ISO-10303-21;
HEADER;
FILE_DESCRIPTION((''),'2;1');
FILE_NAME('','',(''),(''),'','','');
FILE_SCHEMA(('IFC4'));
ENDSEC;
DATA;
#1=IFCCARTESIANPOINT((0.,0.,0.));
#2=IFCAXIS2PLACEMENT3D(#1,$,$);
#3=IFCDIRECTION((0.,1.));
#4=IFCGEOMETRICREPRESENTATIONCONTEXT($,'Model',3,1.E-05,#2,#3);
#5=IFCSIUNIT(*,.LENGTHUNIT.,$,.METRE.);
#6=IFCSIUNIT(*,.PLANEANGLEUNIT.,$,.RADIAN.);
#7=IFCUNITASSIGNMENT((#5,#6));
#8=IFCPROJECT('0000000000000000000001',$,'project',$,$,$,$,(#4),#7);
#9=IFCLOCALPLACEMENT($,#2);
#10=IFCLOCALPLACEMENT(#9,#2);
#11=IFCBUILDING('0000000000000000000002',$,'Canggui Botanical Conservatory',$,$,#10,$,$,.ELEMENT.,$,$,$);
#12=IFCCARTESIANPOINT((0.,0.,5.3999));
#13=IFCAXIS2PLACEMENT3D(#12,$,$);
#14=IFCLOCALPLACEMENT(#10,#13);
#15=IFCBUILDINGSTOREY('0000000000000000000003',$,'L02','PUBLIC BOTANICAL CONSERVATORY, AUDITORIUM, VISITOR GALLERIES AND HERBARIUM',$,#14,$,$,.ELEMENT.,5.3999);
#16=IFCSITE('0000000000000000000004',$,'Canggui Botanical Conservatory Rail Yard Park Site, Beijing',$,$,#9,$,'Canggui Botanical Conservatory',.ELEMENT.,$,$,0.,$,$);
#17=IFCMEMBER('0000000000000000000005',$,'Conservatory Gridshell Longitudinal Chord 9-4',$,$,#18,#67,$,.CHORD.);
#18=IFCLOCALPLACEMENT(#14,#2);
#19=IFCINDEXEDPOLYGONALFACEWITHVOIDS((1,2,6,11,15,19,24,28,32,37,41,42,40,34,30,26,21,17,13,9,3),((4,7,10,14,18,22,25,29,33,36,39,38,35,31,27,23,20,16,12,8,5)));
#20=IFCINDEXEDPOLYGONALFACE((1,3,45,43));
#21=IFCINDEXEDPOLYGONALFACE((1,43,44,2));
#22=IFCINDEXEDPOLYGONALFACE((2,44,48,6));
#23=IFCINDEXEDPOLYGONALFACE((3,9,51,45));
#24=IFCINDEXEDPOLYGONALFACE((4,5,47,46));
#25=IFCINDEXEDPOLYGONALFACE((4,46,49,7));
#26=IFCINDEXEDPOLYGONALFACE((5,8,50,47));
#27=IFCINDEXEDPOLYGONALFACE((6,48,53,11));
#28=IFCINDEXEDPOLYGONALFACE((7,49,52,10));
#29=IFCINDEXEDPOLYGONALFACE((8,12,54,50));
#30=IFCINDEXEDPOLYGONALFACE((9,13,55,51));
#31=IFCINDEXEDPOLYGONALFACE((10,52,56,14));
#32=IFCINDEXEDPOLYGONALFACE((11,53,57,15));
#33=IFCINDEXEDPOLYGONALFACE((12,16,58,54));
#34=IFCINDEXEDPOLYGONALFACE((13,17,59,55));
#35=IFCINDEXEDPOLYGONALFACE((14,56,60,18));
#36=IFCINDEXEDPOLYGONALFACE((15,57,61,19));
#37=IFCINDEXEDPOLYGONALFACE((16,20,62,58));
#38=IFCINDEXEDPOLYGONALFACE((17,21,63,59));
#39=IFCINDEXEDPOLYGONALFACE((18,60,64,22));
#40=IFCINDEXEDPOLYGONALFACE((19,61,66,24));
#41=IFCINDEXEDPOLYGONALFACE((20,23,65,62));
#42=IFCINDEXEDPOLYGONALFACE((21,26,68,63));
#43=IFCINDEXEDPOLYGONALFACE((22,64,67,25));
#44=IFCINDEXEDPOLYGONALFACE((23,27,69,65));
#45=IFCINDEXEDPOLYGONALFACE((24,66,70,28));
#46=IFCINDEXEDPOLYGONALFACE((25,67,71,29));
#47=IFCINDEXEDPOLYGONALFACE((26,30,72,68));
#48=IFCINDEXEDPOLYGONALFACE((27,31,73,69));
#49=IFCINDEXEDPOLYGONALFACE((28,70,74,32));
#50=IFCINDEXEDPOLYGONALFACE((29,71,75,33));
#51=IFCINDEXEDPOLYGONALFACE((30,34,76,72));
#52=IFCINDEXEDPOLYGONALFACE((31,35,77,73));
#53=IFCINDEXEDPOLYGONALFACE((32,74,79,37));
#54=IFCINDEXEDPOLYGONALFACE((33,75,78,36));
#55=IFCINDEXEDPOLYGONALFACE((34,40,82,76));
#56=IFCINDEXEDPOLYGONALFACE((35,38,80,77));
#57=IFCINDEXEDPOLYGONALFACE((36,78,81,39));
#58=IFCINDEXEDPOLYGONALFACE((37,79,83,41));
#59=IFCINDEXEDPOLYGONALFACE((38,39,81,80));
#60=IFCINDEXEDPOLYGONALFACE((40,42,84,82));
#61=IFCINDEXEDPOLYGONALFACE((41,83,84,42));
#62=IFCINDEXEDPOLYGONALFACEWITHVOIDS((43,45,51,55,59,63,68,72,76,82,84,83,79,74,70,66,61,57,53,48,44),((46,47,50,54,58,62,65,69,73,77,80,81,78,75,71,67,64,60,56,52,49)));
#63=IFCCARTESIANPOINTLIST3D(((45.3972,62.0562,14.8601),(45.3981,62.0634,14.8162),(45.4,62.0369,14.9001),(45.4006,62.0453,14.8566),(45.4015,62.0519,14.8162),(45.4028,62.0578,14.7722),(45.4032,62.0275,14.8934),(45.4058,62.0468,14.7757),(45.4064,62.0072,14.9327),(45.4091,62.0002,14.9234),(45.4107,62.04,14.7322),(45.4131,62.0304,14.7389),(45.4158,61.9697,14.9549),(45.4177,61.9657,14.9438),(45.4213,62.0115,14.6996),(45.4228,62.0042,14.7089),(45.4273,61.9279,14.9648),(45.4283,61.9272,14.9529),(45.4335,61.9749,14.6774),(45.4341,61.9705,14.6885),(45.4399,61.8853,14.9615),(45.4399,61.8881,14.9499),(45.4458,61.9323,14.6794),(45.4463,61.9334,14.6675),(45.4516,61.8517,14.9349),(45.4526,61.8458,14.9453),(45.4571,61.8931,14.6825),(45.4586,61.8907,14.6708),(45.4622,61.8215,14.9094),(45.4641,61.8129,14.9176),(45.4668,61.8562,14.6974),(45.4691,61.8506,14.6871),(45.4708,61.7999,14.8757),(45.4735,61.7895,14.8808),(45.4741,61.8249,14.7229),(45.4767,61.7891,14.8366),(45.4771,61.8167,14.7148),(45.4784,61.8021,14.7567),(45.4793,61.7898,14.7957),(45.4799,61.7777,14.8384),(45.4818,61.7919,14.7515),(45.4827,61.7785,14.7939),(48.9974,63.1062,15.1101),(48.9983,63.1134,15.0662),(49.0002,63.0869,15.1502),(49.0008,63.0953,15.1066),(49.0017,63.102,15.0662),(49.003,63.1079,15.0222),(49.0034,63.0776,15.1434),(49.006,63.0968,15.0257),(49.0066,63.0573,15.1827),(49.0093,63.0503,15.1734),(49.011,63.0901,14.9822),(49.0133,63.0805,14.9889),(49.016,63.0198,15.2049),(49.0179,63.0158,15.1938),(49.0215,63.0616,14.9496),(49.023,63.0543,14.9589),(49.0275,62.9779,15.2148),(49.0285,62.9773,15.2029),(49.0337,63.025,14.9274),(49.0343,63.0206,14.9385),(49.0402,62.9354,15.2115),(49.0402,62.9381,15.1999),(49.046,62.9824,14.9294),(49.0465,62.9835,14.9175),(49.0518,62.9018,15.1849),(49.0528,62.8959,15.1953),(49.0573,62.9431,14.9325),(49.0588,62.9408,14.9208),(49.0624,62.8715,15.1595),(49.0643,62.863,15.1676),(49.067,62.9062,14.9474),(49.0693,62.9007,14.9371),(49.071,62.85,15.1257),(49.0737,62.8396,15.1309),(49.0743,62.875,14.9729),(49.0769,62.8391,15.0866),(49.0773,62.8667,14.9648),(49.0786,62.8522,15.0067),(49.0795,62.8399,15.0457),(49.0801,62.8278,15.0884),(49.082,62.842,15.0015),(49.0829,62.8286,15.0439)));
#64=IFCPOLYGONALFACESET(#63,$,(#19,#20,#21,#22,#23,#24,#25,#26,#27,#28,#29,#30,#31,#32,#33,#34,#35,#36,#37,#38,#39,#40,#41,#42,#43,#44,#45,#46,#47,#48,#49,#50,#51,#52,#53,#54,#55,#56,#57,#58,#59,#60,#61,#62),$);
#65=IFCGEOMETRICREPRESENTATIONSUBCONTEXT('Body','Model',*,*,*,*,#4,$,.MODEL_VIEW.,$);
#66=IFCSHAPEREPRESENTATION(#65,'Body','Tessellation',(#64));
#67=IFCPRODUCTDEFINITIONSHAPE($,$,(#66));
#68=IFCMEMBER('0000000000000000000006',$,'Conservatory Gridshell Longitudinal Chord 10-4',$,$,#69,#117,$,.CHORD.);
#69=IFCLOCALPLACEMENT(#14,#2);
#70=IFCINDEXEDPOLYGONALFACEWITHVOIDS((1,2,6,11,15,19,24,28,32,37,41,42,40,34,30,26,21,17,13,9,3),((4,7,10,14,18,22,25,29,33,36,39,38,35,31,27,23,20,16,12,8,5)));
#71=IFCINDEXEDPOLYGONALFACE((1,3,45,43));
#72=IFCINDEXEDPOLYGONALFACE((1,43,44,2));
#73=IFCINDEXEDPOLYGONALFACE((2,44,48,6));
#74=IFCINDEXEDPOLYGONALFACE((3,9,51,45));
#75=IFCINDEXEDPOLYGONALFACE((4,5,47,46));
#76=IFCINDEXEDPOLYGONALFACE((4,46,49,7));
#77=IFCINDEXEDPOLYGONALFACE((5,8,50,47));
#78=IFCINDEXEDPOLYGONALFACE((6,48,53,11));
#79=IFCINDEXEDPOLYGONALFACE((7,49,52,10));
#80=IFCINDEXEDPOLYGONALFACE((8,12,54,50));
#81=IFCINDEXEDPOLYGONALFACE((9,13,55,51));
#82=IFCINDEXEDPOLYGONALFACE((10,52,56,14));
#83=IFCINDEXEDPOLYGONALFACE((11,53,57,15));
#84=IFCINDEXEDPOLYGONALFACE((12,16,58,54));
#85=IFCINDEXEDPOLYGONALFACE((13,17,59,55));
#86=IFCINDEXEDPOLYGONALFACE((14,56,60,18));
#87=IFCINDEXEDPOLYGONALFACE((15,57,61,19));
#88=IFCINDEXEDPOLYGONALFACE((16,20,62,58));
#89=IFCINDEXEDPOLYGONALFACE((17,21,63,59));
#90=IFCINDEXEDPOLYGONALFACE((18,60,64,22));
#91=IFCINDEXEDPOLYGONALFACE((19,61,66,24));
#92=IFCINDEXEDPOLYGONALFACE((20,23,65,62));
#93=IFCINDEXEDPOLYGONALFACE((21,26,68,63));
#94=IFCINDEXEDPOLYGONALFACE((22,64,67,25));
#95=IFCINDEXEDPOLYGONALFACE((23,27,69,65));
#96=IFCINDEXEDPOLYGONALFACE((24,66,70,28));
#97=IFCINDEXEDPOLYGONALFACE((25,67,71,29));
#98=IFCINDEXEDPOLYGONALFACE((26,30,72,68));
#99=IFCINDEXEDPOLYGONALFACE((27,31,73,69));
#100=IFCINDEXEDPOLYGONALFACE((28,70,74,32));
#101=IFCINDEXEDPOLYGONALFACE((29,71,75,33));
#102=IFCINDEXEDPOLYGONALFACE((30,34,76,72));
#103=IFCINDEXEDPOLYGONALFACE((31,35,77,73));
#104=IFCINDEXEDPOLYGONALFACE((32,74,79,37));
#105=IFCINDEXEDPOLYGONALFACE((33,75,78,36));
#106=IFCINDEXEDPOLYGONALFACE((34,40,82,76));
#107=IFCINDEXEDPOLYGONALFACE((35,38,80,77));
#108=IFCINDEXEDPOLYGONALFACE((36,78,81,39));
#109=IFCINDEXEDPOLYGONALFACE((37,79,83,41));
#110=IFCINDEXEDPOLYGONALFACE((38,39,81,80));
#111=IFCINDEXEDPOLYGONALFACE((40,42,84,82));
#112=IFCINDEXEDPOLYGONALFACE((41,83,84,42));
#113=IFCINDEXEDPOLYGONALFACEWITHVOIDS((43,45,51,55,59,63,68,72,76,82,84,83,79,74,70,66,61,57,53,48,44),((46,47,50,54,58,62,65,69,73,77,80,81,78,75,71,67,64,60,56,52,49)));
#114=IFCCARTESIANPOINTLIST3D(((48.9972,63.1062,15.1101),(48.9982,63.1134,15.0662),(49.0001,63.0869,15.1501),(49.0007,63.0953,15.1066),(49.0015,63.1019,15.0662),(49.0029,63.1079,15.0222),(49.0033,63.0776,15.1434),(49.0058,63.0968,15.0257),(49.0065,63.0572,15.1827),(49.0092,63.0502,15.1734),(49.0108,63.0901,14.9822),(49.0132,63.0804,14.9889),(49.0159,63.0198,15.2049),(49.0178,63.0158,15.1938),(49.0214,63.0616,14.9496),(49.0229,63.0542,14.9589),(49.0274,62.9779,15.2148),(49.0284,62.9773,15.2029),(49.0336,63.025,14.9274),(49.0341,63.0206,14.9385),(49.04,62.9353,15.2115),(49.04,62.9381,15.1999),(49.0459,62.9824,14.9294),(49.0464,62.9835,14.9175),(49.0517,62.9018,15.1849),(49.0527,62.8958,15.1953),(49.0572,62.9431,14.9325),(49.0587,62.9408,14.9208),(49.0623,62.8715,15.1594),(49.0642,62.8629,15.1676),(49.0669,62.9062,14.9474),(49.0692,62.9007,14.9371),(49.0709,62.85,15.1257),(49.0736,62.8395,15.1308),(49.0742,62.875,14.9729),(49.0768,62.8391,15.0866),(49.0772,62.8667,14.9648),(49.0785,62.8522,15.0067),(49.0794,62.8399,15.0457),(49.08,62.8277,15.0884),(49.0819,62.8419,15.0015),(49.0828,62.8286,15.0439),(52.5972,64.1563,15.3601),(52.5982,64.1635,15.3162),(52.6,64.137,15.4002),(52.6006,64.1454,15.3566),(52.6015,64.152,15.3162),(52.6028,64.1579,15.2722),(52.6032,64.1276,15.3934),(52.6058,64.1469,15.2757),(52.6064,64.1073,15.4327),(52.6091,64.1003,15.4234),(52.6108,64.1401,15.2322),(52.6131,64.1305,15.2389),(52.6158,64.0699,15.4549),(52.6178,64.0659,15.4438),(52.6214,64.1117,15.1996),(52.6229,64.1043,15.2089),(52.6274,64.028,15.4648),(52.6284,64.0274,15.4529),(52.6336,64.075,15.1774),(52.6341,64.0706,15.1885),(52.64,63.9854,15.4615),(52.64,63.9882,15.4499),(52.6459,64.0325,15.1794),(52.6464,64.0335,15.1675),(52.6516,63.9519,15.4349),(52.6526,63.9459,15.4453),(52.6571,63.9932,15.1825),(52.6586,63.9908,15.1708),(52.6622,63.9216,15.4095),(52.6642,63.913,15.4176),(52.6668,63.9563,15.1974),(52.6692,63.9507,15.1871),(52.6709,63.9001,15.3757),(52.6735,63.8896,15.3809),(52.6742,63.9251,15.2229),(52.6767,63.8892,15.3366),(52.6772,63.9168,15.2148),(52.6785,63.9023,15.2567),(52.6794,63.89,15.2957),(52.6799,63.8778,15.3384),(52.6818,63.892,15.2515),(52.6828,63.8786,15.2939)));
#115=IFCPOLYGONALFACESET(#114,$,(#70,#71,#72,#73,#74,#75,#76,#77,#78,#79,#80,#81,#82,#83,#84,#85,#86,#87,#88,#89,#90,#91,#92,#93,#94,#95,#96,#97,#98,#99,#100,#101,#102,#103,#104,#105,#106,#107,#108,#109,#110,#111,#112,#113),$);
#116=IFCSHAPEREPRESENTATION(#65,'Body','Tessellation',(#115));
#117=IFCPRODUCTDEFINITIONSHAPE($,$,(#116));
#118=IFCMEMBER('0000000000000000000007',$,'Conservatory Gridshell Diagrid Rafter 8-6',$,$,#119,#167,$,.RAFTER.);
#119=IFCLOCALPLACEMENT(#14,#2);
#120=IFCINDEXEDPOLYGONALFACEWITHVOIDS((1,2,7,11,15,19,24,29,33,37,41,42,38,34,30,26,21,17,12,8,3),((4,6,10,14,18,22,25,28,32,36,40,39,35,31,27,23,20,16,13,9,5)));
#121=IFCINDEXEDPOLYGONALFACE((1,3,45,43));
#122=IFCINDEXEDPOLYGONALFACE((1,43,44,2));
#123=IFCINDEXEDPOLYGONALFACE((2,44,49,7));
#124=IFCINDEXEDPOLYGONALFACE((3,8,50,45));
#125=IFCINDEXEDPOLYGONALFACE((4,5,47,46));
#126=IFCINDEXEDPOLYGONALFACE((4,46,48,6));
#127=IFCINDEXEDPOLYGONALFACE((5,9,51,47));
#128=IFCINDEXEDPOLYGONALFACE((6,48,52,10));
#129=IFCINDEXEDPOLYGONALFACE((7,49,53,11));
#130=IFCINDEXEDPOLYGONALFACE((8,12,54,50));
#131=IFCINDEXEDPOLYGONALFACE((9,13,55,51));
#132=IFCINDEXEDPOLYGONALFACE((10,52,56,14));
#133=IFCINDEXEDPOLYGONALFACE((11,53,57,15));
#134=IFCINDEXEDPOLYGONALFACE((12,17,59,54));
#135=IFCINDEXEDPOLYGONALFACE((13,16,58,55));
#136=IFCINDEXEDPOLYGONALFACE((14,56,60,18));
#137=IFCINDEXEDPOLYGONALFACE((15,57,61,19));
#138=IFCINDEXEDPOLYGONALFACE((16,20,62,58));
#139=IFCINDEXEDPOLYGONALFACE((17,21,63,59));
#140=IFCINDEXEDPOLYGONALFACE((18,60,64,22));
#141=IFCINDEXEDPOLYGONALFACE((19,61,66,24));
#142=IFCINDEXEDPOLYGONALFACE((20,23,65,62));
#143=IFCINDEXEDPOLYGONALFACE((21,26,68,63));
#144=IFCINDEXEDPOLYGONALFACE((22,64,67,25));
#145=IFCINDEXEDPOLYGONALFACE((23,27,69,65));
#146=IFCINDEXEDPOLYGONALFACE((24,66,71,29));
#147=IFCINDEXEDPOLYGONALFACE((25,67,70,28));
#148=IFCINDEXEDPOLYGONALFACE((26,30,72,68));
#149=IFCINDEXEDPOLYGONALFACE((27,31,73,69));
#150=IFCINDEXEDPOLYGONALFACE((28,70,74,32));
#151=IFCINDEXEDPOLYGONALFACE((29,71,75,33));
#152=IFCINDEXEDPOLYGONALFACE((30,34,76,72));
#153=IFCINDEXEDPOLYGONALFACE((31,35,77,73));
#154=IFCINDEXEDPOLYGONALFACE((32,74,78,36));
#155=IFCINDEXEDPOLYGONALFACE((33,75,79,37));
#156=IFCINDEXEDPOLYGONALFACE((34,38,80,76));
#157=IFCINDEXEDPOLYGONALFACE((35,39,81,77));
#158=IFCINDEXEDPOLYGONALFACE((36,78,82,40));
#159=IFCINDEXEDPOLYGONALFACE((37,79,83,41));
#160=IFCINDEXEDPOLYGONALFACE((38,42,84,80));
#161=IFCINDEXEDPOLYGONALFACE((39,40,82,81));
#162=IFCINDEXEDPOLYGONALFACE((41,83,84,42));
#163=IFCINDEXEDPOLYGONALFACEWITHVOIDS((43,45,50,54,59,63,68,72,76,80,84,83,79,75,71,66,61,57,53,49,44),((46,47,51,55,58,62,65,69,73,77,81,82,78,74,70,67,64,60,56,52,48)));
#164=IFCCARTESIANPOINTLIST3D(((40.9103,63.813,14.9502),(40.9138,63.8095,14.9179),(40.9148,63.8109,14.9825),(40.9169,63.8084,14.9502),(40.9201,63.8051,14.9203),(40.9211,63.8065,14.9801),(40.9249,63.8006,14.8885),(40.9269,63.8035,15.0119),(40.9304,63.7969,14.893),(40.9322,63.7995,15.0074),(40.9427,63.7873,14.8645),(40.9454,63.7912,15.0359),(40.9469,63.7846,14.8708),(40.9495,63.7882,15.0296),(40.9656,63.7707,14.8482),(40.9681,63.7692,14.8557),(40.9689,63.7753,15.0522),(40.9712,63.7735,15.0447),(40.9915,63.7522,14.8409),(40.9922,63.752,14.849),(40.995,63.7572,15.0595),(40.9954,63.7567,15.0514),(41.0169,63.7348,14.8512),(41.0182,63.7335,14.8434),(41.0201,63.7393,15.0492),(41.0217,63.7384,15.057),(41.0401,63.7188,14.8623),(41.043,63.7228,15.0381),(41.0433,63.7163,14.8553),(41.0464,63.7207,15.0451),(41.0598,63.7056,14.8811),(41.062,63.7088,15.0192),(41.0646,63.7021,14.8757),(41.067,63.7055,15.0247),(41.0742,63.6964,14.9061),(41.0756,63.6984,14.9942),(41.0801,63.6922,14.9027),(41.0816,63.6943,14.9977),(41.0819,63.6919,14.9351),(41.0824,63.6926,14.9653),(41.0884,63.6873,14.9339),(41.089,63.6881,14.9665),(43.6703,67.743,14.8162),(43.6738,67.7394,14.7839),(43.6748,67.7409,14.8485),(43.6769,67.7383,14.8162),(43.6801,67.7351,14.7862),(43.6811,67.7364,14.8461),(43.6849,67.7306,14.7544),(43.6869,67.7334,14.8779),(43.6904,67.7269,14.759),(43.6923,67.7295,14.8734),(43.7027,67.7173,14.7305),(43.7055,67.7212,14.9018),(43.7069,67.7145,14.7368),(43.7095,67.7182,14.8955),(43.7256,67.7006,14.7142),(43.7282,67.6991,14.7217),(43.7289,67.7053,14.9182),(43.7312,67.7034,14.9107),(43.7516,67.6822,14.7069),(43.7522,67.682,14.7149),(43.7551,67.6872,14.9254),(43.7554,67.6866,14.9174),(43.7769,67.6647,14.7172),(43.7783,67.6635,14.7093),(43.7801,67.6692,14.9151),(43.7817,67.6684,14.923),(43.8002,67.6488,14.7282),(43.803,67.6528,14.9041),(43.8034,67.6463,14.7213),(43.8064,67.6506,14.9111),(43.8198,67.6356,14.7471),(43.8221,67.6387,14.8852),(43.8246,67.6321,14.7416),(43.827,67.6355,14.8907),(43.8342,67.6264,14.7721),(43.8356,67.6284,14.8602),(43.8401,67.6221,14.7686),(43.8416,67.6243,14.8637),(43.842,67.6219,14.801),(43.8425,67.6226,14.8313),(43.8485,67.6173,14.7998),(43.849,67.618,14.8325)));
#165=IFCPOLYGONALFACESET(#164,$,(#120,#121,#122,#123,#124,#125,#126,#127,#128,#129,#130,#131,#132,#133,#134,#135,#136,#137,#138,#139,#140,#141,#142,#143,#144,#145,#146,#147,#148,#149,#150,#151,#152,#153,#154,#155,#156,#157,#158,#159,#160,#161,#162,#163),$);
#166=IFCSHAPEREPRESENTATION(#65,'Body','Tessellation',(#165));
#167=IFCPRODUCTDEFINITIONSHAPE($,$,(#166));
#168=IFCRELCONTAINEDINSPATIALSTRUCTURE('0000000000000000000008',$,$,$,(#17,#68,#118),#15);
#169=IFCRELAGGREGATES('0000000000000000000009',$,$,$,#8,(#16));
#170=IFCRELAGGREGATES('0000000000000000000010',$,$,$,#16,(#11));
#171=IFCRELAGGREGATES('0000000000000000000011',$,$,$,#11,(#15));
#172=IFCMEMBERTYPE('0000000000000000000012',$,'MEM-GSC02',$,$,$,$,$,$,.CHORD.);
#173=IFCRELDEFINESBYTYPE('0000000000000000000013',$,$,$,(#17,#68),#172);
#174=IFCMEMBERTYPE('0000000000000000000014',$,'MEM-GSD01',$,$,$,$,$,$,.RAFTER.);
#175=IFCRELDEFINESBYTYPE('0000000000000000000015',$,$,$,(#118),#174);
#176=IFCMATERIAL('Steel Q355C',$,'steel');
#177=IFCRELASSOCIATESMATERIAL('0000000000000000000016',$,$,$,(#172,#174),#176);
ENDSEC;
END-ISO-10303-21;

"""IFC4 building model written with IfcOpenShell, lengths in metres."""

from ifc_helpers import new_model, si_unit, direction, frame, origin, origin_2d, place, context, subcontext, project, spatial, hollow_circle, extrude, material, material_profile, profile_set, type_object, element, save


model = new_model("IFC4")

# Units and contexts
model_context = context("Model", 3, precision=1e-05, world=origin(), true_north=direction((0.0, 1.0)))
body_context = subcontext(model_context, "Body", "Model", "MODEL_VIEW")
ifc_project = project(units=[si_unit("LENGTHUNIT", "METRE"), si_unit("PLANEANGLEUNIT", "RADIAN")], contexts=[model_context])

# Site, building, storey
site_placement = place(None, origin())
site = spatial("IfcSite", under=ifc_project, at=site_placement, Name="Canggui Botanical Conservatory Rail Yard Park Site, Beijing", LongName="Canggui Botanical Conservatory", CompositionType="ELEMENT", RefElevation=0.0)
building_placement = place(site_placement, origin())
building = spatial("IfcBuilding", under=site, at=building_placement, Name="Canggui Botanical Conservatory", CompositionType="ELEMENT")
storey_placement = place(building_placement, frame((0.0, 0.0, 5.3999)))
storey = spatial("IfcBuildingStorey", under=building, at=storey_placement, Name="L02", Description="PUBLIC BOTANICAL CONSERVATORY, AUDITORIUM, VISITOR GALLERIES AND HERBARIUM", CompositionType="ELEMENT", Elevation=5.3999)

# Shared definitions
ifc_material_1 = material(Name="Steel Q355C", Category="steel")

# Members
ifc_material_profile_1 = material_profile(ifc_material_1, hollow_circle(Radius=0.1494, WallThickness=0.012, at=origin_2d()), Name="CHS 299x12")
ifc_profile_set_1 = profile_set([ifc_material_profile_1], Name="Steel Q355C")
member_type_1 = type_object("IfcMemberType", Name="MEM-GSC02", PredefinedType="CHORD", material=ifc_profile_set_1)
member_1_placement = place(storey_placement, frame((45.4399, 61.9199, 14.8162), z_axis=(0.957872, 0.279385, 0.066517), x_axis=(-0.280005, 0.959999, 0.0)))
element("IfcMember", 1, at=member_1_placement, inside=storey, type_object=member_type_1, Name="Conservatory Gridshell Longitudinal Chord 9-4", PredefinedType="CHORD", context=body_context, shape_type="SweptSolid", body=[
    extrude(hollow_circle(Radius=0.1494, WallThickness=0.012, at=origin_2d()), origin(), (0.0, 0.0, 1.0), 3.7585),
])
member_2_placement = place(storey_placement, frame((49.04, 62.97, 15.0662), z_axis=(0.957867, 0.279402, 0.066521), x_axis=(-0.280023, 0.959993, 0.0)))
element("IfcMember", 2, at=member_2_placement, inside=storey, type_object=member_type_1, Name="Conservatory Gridshell Longitudinal Chord 10-4", PredefinedType="CHORD", context=body_context, shape_type="SweptSolid", body=[
    extrude(hollow_circle(Radius=0.1494, WallThickness=0.012, at=origin_2d()), origin(), (0.0, 0.0, 1.0), 3.7583),
])
ifc_material_profile_2 = material_profile(ifc_material_1, hollow_circle(Radius=0.1096, WallThickness=0.0081, at=origin_2d()), Name="CHS 219x8")
ifc_profile_set_2 = profile_set([ifc_material_profile_2], Name="Steel Q355C")
member_type_2 = type_object("IfcMemberType", Name="MEM-GSD01", PredefinedType="RAFTER", material=ifc_profile_set_2)
member_3_placement = place(storey_placement, frame((41.0, 63.75, 14.9502), z_axis=(0.574504, 0.818026, -0.027899), x_axis=(-0.818345, 0.574728, 0.0)))
element("IfcMember", 3, at=member_3_placement, inside=storey, type_object=member_type_2, Name="Conservatory Gridshell Diagrid Rafter 8-6", PredefinedType="RAFTER", context=body_context, shape_type="SweptSolid", body=[
    extrude(hollow_circle(Radius=0.1096, WallThickness=0.0081, at=origin_2d()), origin(), (0.0, 0.0, 1.0), 4.8042),
])

save(model, "model.ifc")
